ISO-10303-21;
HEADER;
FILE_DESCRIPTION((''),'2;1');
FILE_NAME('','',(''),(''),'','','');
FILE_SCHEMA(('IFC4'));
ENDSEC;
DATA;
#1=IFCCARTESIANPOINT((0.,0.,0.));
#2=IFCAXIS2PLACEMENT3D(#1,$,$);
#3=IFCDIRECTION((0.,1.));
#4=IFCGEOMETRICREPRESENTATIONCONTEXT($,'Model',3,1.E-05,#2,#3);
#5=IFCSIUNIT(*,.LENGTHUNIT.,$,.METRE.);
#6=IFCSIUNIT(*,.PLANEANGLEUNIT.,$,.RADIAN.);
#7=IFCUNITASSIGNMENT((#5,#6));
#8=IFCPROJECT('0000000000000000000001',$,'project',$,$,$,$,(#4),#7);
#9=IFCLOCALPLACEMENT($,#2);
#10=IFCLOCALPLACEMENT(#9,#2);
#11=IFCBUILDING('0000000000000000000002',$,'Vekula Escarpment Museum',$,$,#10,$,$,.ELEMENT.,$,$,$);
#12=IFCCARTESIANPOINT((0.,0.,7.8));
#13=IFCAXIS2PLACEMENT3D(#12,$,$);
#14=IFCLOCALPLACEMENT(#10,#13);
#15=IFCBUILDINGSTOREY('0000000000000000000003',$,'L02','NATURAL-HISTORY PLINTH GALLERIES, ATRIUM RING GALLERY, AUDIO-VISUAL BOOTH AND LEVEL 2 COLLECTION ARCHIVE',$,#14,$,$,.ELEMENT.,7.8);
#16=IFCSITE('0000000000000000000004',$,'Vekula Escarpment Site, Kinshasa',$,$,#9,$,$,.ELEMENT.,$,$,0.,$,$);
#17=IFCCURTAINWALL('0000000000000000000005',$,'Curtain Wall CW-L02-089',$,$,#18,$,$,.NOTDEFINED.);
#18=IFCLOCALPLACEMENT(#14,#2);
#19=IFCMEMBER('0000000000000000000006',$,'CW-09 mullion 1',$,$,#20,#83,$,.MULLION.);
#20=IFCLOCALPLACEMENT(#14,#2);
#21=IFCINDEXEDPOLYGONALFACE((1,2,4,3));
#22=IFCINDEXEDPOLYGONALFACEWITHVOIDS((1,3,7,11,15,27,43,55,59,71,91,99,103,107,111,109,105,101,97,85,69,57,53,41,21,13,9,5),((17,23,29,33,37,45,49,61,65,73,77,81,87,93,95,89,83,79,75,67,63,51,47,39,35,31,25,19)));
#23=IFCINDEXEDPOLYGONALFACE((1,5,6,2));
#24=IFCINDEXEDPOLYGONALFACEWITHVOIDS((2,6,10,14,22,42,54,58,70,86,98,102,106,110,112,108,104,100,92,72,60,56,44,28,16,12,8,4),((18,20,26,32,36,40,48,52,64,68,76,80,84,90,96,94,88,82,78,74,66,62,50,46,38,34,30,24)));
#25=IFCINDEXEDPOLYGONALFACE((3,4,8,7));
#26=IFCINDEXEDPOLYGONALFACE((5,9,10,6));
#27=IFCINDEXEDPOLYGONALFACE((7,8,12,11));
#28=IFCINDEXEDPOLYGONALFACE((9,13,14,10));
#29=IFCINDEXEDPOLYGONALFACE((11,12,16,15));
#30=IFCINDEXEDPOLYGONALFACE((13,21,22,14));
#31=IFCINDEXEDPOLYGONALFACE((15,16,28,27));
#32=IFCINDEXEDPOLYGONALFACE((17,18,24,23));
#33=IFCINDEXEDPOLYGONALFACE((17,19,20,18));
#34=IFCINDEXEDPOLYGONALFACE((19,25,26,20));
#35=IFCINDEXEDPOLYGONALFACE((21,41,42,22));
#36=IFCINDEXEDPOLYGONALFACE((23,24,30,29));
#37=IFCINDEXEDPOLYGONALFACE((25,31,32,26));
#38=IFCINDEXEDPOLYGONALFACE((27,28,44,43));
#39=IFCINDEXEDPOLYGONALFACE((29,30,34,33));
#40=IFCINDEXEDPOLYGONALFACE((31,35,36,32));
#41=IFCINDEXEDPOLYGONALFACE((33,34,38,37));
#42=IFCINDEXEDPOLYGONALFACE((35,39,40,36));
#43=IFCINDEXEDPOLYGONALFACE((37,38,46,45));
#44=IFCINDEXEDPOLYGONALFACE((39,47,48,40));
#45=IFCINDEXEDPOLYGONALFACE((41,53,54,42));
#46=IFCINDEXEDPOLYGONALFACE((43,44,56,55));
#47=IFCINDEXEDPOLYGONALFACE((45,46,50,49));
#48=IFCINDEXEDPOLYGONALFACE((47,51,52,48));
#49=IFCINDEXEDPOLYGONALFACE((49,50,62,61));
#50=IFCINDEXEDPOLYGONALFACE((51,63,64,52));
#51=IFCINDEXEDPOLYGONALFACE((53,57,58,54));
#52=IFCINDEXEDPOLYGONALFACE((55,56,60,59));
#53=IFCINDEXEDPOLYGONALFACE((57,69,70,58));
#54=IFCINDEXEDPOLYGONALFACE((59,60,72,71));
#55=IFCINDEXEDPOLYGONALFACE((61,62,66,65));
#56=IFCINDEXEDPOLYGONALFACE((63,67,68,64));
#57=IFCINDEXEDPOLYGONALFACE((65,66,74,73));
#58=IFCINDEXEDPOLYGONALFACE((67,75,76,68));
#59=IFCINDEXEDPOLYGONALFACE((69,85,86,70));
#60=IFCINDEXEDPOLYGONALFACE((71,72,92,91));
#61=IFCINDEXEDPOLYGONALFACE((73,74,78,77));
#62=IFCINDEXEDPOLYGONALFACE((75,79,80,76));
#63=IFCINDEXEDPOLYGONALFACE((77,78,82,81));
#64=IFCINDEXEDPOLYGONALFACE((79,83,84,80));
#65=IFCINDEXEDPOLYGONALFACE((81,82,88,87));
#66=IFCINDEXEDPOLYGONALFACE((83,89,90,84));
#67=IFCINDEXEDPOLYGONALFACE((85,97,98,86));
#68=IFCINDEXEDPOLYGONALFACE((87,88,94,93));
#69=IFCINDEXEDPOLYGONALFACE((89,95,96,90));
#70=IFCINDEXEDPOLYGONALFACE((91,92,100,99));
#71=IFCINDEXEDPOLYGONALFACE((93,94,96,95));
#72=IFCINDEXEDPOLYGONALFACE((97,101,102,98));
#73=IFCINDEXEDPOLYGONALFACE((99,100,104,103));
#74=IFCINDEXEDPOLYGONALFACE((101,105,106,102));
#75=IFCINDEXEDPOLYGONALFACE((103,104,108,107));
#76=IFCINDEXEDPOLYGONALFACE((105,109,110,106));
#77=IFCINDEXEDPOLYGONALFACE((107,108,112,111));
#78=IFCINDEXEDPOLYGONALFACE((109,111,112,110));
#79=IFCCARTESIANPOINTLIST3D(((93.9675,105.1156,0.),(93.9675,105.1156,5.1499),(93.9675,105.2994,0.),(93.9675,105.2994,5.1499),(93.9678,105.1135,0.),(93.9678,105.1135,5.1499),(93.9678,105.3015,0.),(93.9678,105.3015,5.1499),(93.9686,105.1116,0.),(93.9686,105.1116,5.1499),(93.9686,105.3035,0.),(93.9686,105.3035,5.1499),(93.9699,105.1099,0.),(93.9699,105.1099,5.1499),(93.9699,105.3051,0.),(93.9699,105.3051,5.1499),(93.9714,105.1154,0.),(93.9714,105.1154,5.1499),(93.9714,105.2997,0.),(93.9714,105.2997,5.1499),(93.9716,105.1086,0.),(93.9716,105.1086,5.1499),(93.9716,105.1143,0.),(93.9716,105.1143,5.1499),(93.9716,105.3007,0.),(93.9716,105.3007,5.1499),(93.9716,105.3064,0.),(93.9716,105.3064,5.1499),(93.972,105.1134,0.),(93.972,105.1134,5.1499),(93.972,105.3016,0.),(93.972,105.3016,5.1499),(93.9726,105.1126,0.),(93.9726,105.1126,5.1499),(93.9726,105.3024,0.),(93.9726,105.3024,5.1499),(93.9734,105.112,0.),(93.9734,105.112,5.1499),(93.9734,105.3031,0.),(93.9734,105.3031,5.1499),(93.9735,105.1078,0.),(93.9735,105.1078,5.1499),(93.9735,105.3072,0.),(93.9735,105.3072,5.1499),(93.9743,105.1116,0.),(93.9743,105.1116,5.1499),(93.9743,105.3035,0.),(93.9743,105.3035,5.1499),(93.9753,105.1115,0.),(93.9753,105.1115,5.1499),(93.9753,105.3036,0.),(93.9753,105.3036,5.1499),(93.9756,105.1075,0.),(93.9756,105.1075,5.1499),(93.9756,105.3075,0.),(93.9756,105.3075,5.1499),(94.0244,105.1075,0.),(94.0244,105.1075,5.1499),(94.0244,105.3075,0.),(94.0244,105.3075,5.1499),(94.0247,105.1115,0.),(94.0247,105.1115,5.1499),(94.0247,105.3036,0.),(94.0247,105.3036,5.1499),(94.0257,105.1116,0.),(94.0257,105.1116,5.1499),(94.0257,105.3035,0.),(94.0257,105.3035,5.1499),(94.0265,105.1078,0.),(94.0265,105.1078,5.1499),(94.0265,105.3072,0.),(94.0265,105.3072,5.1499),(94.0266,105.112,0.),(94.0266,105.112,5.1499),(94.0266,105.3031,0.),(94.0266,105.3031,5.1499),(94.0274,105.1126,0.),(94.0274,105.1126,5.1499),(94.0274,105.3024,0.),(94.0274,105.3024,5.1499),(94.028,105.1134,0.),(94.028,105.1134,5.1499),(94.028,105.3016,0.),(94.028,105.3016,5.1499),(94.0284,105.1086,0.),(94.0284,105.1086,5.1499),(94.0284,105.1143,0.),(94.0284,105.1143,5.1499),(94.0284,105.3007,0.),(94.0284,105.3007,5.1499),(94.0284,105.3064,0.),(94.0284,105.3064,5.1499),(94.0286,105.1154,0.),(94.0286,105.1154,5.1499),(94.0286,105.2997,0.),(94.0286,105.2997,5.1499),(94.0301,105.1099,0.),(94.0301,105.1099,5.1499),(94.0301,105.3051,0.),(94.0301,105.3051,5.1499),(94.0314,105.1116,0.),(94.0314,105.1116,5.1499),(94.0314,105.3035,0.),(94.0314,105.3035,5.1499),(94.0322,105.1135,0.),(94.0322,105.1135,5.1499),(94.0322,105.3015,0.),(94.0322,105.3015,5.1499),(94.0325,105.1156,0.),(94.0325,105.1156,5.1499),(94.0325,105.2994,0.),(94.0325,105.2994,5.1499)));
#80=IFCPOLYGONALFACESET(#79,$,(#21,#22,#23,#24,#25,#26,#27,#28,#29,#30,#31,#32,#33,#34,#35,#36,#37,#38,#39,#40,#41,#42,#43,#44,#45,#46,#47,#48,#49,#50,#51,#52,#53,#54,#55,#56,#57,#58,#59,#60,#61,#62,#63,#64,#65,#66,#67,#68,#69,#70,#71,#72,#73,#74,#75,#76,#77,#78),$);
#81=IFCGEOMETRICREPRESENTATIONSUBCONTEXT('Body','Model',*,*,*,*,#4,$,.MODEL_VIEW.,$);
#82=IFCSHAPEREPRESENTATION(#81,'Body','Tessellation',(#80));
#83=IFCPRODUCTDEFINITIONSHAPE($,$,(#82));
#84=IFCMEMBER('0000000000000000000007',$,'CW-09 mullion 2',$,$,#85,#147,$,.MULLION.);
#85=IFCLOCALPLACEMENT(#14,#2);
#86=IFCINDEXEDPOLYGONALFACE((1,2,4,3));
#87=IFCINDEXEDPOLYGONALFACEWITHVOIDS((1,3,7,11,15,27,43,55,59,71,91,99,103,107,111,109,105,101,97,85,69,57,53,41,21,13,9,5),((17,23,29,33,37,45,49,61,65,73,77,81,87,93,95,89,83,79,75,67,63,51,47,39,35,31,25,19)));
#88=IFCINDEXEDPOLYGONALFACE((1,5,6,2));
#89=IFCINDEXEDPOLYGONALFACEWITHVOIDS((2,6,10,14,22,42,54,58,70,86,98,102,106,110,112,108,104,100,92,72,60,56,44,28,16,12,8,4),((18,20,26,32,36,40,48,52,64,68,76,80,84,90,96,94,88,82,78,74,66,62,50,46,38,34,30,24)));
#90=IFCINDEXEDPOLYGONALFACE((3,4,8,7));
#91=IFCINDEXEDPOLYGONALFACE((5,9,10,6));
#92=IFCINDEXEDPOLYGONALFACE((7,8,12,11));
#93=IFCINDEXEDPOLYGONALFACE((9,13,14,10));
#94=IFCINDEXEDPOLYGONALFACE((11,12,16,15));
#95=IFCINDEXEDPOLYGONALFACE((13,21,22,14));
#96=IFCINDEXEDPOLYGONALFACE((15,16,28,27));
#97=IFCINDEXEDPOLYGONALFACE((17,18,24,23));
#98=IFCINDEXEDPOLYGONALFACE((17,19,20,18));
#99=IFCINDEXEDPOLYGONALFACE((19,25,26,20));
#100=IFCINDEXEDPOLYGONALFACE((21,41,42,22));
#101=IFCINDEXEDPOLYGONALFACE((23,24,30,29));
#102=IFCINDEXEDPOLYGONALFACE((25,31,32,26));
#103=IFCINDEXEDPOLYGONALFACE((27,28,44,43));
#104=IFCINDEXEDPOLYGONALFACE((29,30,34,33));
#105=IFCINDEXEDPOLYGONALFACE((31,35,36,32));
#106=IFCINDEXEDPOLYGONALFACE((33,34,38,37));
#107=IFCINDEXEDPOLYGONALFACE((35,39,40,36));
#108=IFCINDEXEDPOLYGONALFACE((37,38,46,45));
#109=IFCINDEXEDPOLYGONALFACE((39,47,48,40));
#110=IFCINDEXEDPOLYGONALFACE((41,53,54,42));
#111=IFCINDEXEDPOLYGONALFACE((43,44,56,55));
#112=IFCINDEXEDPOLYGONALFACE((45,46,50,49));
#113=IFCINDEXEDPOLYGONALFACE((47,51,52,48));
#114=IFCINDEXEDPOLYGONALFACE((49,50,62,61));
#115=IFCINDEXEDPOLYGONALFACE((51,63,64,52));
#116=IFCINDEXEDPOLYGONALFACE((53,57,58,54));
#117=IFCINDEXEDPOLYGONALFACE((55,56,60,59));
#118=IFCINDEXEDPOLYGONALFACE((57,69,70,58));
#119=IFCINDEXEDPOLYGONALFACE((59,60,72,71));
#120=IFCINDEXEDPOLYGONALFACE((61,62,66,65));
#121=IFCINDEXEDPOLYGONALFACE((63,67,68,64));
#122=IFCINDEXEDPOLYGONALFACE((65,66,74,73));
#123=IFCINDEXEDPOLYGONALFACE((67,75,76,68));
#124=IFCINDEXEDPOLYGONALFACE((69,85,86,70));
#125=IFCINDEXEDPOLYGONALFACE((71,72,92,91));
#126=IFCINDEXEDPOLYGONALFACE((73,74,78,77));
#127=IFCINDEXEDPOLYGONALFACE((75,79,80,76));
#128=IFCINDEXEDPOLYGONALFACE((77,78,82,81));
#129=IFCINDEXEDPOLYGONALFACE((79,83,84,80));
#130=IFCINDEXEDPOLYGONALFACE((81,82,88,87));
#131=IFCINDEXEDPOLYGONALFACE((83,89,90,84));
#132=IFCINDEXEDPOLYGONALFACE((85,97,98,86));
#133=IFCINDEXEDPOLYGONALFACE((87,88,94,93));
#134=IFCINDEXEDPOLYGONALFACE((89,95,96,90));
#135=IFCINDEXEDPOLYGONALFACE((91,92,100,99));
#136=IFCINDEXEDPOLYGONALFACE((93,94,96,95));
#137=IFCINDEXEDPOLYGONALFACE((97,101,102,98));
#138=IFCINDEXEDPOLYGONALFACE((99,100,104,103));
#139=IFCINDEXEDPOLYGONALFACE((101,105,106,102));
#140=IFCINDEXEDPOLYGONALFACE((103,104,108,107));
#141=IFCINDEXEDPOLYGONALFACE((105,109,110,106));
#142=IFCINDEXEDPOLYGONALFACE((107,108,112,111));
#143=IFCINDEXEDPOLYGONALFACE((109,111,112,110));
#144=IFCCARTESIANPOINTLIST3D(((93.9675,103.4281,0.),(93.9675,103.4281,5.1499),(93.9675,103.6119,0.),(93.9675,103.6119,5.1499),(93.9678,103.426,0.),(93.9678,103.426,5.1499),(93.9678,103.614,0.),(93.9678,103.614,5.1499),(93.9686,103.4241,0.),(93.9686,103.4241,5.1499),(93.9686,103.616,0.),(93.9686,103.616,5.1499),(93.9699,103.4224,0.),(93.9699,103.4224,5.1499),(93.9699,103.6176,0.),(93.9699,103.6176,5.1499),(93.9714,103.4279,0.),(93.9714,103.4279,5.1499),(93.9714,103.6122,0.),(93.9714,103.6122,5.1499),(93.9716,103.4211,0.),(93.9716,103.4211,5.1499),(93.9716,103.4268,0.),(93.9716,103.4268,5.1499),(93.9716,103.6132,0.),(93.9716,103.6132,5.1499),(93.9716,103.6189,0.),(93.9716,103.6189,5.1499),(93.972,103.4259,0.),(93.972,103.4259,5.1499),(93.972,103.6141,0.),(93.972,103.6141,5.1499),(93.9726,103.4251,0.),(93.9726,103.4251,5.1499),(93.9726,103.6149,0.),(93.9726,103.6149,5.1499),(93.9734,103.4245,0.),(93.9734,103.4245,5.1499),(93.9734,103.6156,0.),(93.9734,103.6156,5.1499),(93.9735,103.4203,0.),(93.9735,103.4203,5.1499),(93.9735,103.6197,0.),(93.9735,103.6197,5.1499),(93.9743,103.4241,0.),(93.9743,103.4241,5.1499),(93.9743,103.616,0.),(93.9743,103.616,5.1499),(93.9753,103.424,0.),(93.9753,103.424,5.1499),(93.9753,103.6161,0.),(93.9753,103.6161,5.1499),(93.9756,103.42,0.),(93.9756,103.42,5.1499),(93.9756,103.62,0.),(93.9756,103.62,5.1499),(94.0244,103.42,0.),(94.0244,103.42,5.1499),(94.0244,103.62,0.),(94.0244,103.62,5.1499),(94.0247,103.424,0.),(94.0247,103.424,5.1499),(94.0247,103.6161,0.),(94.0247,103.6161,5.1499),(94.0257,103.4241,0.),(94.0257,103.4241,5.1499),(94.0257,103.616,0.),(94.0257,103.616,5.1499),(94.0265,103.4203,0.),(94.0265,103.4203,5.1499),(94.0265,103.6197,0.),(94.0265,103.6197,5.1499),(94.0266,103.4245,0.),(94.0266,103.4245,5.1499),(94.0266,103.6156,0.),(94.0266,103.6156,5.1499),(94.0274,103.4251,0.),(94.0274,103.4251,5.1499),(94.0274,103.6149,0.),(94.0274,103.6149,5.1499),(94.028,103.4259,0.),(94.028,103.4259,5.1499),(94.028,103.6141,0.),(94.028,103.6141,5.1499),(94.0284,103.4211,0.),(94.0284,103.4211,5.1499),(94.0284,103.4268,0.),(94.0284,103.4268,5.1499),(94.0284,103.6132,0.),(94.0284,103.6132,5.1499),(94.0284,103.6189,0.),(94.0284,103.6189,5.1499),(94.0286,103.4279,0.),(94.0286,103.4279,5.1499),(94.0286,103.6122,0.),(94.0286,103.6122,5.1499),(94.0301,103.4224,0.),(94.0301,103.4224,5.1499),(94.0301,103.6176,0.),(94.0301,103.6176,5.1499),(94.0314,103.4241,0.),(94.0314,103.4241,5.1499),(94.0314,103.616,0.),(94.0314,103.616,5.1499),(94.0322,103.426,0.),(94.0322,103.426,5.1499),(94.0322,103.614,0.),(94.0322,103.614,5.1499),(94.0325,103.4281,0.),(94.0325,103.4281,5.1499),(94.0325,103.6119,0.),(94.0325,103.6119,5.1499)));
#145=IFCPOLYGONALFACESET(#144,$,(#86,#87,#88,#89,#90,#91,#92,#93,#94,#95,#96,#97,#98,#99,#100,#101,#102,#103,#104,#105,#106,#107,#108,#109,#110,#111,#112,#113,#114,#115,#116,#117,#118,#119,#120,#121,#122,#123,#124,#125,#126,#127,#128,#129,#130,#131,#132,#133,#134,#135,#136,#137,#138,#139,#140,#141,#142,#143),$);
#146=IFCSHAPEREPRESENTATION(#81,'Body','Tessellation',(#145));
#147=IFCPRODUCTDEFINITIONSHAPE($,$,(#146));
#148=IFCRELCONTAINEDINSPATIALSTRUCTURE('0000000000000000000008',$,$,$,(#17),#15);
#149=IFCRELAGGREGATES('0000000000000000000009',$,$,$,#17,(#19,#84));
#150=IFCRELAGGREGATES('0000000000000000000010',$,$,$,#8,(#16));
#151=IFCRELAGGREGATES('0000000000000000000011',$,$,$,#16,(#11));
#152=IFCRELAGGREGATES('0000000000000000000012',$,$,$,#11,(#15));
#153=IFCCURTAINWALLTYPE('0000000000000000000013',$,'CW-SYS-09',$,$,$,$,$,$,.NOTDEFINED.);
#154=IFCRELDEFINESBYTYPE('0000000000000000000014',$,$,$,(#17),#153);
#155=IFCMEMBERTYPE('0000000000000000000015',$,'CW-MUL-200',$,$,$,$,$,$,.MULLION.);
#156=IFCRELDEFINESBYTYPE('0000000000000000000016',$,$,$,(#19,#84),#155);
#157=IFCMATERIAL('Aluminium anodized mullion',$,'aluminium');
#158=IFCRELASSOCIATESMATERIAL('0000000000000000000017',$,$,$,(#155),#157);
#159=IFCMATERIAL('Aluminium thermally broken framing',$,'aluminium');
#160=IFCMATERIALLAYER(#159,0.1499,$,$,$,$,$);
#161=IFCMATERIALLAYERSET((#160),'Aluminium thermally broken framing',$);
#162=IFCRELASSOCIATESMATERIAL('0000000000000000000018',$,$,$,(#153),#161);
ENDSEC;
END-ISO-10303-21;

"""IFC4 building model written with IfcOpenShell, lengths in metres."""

from ifc_helpers import new_model, si_unit, direction, frame, origin, origin_2d, place, context, subcontext, project, spatial, hollow_rectangle, extrude, material, layer, layer_set, material_profile, profile_set, type_object, element, aggregate, save


model = new_model("IFC4")

# Units and contexts
model_context = context("Model", 3, precision=1e-05, world=origin(), true_north=direction((0.0, 1.0)))
body_context = subcontext(model_context, "Body", "Model", "MODEL_VIEW")
ifc_project = project(units=[si_unit("LENGTHUNIT", "METRE"), si_unit("PLANEANGLEUNIT", "RADIAN")], contexts=[model_context])

# Site, building, storey
site_placement = place(None, origin())
site = spatial("IfcSite", under=ifc_project, at=site_placement, Name="Vekula Escarpment Site, Kinshasa", CompositionType="ELEMENT", RefElevation=0.0)
building_placement = place(site_placement, origin())
building = spatial("IfcBuilding", under=site, at=building_placement, Name="Vekula Escarpment Museum", CompositionType="ELEMENT")
storey_placement = place(building_placement, frame((0.0, 0.0, 7.8)))
storey = spatial("IfcBuildingStorey", under=building, at=storey_placement, Name="L02", Description="NATURAL-HISTORY PLINTH GALLERIES, ATRIUM RING GALLERY, AUDIO-VISUAL BOOTH AND LEVEL 2 COLLECTION ARCHIVE", CompositionType="ELEMENT", Elevation=7.8)

# Shared definitions
ifc_material_1 = material(Name="Aluminium anodized mullion", Category="aluminium")
ifc_material_profile_1 = material_profile(ifc_material_1, hollow_rectangle(XDim=0.0649, YDim=0.2, WallThickness=0.0039, InnerFilletRadius=0.0039, OuterFilletRadius=0.0081, at=origin_2d()), Name="ALU 200x65x4")
ifc_profile_set_1 = profile_set([ifc_material_profile_1], Name="Aluminium anodized mullion")
member_type_1 = type_object("IfcMemberType", Name="CW-MUL-200", PredefinedType="MULLION", material=ifc_profile_set_1)

# Curtain wall, members
ifc_material_2 = material(Name="Aluminium thermally broken framing", Category="aluminium")
ifc_layer_1 = layer(ifc_material_2, 0.1499)
ifc_layer_set_1 = layer_set([ifc_layer_1], Name="Aluminium thermally broken framing")
curtain_wall_type_1 = type_object("IfcCurtainWallType", Name="CW-SYS-09", PredefinedType="NOTDEFINED", material=ifc_layer_set_1)
curtain_wall_1_placement = place(storey_placement, origin())
curtain_wall_1 = element("IfcCurtainWall", 1, at=curtain_wall_1_placement, inside=storey, type_object=curtain_wall_type_1, Name="Curtain Wall CW-L02-089", PredefinedType="NOTDEFINED")
member_1_placement = place(storey_placement, frame((94.0, 105.2075, 0.0), z_axis=(0.0, 0.0, 1.0), x_axis=(1.0, 0.0, 0.0)))
member_1 = element("IfcMember", 2, at=member_1_placement, type_object=member_type_1, Name="CW-09 mullion 1", PredefinedType="MULLION", context=body_context, shape_type="SweptSolid", body=[
    extrude(hollow_rectangle(XDim=0.0649, YDim=0.2, WallThickness=0.0039, InnerFilletRadius=0.0039, OuterFilletRadius=0.0081, at=origin_2d()), origin(), (0.0, 0.0, 1.0), 5.1499),
])
member_2_placement = place(storey_placement, frame((94.0, 103.52, 0.0), z_axis=(0.0, 0.0, 1.0), x_axis=(1.0, 0.0, 0.0)))
member_2 = element("IfcMember", 3, at=member_2_placement, type_object=member_type_1, Name="CW-09 mullion 2", PredefinedType="MULLION", context=body_context, shape_type="SweptSolid", body=[
    extrude(hollow_rectangle(XDim=0.0649, YDim=0.2, WallThickness=0.0039, InnerFilletRadius=0.0039, OuterFilletRadius=0.0081, at=origin_2d()), origin(), (0.0, 0.0, 1.0), 5.1499),
])

aggregate(curtain_wall_1, [member_1, member_2])

save(model, "model.ifc")
